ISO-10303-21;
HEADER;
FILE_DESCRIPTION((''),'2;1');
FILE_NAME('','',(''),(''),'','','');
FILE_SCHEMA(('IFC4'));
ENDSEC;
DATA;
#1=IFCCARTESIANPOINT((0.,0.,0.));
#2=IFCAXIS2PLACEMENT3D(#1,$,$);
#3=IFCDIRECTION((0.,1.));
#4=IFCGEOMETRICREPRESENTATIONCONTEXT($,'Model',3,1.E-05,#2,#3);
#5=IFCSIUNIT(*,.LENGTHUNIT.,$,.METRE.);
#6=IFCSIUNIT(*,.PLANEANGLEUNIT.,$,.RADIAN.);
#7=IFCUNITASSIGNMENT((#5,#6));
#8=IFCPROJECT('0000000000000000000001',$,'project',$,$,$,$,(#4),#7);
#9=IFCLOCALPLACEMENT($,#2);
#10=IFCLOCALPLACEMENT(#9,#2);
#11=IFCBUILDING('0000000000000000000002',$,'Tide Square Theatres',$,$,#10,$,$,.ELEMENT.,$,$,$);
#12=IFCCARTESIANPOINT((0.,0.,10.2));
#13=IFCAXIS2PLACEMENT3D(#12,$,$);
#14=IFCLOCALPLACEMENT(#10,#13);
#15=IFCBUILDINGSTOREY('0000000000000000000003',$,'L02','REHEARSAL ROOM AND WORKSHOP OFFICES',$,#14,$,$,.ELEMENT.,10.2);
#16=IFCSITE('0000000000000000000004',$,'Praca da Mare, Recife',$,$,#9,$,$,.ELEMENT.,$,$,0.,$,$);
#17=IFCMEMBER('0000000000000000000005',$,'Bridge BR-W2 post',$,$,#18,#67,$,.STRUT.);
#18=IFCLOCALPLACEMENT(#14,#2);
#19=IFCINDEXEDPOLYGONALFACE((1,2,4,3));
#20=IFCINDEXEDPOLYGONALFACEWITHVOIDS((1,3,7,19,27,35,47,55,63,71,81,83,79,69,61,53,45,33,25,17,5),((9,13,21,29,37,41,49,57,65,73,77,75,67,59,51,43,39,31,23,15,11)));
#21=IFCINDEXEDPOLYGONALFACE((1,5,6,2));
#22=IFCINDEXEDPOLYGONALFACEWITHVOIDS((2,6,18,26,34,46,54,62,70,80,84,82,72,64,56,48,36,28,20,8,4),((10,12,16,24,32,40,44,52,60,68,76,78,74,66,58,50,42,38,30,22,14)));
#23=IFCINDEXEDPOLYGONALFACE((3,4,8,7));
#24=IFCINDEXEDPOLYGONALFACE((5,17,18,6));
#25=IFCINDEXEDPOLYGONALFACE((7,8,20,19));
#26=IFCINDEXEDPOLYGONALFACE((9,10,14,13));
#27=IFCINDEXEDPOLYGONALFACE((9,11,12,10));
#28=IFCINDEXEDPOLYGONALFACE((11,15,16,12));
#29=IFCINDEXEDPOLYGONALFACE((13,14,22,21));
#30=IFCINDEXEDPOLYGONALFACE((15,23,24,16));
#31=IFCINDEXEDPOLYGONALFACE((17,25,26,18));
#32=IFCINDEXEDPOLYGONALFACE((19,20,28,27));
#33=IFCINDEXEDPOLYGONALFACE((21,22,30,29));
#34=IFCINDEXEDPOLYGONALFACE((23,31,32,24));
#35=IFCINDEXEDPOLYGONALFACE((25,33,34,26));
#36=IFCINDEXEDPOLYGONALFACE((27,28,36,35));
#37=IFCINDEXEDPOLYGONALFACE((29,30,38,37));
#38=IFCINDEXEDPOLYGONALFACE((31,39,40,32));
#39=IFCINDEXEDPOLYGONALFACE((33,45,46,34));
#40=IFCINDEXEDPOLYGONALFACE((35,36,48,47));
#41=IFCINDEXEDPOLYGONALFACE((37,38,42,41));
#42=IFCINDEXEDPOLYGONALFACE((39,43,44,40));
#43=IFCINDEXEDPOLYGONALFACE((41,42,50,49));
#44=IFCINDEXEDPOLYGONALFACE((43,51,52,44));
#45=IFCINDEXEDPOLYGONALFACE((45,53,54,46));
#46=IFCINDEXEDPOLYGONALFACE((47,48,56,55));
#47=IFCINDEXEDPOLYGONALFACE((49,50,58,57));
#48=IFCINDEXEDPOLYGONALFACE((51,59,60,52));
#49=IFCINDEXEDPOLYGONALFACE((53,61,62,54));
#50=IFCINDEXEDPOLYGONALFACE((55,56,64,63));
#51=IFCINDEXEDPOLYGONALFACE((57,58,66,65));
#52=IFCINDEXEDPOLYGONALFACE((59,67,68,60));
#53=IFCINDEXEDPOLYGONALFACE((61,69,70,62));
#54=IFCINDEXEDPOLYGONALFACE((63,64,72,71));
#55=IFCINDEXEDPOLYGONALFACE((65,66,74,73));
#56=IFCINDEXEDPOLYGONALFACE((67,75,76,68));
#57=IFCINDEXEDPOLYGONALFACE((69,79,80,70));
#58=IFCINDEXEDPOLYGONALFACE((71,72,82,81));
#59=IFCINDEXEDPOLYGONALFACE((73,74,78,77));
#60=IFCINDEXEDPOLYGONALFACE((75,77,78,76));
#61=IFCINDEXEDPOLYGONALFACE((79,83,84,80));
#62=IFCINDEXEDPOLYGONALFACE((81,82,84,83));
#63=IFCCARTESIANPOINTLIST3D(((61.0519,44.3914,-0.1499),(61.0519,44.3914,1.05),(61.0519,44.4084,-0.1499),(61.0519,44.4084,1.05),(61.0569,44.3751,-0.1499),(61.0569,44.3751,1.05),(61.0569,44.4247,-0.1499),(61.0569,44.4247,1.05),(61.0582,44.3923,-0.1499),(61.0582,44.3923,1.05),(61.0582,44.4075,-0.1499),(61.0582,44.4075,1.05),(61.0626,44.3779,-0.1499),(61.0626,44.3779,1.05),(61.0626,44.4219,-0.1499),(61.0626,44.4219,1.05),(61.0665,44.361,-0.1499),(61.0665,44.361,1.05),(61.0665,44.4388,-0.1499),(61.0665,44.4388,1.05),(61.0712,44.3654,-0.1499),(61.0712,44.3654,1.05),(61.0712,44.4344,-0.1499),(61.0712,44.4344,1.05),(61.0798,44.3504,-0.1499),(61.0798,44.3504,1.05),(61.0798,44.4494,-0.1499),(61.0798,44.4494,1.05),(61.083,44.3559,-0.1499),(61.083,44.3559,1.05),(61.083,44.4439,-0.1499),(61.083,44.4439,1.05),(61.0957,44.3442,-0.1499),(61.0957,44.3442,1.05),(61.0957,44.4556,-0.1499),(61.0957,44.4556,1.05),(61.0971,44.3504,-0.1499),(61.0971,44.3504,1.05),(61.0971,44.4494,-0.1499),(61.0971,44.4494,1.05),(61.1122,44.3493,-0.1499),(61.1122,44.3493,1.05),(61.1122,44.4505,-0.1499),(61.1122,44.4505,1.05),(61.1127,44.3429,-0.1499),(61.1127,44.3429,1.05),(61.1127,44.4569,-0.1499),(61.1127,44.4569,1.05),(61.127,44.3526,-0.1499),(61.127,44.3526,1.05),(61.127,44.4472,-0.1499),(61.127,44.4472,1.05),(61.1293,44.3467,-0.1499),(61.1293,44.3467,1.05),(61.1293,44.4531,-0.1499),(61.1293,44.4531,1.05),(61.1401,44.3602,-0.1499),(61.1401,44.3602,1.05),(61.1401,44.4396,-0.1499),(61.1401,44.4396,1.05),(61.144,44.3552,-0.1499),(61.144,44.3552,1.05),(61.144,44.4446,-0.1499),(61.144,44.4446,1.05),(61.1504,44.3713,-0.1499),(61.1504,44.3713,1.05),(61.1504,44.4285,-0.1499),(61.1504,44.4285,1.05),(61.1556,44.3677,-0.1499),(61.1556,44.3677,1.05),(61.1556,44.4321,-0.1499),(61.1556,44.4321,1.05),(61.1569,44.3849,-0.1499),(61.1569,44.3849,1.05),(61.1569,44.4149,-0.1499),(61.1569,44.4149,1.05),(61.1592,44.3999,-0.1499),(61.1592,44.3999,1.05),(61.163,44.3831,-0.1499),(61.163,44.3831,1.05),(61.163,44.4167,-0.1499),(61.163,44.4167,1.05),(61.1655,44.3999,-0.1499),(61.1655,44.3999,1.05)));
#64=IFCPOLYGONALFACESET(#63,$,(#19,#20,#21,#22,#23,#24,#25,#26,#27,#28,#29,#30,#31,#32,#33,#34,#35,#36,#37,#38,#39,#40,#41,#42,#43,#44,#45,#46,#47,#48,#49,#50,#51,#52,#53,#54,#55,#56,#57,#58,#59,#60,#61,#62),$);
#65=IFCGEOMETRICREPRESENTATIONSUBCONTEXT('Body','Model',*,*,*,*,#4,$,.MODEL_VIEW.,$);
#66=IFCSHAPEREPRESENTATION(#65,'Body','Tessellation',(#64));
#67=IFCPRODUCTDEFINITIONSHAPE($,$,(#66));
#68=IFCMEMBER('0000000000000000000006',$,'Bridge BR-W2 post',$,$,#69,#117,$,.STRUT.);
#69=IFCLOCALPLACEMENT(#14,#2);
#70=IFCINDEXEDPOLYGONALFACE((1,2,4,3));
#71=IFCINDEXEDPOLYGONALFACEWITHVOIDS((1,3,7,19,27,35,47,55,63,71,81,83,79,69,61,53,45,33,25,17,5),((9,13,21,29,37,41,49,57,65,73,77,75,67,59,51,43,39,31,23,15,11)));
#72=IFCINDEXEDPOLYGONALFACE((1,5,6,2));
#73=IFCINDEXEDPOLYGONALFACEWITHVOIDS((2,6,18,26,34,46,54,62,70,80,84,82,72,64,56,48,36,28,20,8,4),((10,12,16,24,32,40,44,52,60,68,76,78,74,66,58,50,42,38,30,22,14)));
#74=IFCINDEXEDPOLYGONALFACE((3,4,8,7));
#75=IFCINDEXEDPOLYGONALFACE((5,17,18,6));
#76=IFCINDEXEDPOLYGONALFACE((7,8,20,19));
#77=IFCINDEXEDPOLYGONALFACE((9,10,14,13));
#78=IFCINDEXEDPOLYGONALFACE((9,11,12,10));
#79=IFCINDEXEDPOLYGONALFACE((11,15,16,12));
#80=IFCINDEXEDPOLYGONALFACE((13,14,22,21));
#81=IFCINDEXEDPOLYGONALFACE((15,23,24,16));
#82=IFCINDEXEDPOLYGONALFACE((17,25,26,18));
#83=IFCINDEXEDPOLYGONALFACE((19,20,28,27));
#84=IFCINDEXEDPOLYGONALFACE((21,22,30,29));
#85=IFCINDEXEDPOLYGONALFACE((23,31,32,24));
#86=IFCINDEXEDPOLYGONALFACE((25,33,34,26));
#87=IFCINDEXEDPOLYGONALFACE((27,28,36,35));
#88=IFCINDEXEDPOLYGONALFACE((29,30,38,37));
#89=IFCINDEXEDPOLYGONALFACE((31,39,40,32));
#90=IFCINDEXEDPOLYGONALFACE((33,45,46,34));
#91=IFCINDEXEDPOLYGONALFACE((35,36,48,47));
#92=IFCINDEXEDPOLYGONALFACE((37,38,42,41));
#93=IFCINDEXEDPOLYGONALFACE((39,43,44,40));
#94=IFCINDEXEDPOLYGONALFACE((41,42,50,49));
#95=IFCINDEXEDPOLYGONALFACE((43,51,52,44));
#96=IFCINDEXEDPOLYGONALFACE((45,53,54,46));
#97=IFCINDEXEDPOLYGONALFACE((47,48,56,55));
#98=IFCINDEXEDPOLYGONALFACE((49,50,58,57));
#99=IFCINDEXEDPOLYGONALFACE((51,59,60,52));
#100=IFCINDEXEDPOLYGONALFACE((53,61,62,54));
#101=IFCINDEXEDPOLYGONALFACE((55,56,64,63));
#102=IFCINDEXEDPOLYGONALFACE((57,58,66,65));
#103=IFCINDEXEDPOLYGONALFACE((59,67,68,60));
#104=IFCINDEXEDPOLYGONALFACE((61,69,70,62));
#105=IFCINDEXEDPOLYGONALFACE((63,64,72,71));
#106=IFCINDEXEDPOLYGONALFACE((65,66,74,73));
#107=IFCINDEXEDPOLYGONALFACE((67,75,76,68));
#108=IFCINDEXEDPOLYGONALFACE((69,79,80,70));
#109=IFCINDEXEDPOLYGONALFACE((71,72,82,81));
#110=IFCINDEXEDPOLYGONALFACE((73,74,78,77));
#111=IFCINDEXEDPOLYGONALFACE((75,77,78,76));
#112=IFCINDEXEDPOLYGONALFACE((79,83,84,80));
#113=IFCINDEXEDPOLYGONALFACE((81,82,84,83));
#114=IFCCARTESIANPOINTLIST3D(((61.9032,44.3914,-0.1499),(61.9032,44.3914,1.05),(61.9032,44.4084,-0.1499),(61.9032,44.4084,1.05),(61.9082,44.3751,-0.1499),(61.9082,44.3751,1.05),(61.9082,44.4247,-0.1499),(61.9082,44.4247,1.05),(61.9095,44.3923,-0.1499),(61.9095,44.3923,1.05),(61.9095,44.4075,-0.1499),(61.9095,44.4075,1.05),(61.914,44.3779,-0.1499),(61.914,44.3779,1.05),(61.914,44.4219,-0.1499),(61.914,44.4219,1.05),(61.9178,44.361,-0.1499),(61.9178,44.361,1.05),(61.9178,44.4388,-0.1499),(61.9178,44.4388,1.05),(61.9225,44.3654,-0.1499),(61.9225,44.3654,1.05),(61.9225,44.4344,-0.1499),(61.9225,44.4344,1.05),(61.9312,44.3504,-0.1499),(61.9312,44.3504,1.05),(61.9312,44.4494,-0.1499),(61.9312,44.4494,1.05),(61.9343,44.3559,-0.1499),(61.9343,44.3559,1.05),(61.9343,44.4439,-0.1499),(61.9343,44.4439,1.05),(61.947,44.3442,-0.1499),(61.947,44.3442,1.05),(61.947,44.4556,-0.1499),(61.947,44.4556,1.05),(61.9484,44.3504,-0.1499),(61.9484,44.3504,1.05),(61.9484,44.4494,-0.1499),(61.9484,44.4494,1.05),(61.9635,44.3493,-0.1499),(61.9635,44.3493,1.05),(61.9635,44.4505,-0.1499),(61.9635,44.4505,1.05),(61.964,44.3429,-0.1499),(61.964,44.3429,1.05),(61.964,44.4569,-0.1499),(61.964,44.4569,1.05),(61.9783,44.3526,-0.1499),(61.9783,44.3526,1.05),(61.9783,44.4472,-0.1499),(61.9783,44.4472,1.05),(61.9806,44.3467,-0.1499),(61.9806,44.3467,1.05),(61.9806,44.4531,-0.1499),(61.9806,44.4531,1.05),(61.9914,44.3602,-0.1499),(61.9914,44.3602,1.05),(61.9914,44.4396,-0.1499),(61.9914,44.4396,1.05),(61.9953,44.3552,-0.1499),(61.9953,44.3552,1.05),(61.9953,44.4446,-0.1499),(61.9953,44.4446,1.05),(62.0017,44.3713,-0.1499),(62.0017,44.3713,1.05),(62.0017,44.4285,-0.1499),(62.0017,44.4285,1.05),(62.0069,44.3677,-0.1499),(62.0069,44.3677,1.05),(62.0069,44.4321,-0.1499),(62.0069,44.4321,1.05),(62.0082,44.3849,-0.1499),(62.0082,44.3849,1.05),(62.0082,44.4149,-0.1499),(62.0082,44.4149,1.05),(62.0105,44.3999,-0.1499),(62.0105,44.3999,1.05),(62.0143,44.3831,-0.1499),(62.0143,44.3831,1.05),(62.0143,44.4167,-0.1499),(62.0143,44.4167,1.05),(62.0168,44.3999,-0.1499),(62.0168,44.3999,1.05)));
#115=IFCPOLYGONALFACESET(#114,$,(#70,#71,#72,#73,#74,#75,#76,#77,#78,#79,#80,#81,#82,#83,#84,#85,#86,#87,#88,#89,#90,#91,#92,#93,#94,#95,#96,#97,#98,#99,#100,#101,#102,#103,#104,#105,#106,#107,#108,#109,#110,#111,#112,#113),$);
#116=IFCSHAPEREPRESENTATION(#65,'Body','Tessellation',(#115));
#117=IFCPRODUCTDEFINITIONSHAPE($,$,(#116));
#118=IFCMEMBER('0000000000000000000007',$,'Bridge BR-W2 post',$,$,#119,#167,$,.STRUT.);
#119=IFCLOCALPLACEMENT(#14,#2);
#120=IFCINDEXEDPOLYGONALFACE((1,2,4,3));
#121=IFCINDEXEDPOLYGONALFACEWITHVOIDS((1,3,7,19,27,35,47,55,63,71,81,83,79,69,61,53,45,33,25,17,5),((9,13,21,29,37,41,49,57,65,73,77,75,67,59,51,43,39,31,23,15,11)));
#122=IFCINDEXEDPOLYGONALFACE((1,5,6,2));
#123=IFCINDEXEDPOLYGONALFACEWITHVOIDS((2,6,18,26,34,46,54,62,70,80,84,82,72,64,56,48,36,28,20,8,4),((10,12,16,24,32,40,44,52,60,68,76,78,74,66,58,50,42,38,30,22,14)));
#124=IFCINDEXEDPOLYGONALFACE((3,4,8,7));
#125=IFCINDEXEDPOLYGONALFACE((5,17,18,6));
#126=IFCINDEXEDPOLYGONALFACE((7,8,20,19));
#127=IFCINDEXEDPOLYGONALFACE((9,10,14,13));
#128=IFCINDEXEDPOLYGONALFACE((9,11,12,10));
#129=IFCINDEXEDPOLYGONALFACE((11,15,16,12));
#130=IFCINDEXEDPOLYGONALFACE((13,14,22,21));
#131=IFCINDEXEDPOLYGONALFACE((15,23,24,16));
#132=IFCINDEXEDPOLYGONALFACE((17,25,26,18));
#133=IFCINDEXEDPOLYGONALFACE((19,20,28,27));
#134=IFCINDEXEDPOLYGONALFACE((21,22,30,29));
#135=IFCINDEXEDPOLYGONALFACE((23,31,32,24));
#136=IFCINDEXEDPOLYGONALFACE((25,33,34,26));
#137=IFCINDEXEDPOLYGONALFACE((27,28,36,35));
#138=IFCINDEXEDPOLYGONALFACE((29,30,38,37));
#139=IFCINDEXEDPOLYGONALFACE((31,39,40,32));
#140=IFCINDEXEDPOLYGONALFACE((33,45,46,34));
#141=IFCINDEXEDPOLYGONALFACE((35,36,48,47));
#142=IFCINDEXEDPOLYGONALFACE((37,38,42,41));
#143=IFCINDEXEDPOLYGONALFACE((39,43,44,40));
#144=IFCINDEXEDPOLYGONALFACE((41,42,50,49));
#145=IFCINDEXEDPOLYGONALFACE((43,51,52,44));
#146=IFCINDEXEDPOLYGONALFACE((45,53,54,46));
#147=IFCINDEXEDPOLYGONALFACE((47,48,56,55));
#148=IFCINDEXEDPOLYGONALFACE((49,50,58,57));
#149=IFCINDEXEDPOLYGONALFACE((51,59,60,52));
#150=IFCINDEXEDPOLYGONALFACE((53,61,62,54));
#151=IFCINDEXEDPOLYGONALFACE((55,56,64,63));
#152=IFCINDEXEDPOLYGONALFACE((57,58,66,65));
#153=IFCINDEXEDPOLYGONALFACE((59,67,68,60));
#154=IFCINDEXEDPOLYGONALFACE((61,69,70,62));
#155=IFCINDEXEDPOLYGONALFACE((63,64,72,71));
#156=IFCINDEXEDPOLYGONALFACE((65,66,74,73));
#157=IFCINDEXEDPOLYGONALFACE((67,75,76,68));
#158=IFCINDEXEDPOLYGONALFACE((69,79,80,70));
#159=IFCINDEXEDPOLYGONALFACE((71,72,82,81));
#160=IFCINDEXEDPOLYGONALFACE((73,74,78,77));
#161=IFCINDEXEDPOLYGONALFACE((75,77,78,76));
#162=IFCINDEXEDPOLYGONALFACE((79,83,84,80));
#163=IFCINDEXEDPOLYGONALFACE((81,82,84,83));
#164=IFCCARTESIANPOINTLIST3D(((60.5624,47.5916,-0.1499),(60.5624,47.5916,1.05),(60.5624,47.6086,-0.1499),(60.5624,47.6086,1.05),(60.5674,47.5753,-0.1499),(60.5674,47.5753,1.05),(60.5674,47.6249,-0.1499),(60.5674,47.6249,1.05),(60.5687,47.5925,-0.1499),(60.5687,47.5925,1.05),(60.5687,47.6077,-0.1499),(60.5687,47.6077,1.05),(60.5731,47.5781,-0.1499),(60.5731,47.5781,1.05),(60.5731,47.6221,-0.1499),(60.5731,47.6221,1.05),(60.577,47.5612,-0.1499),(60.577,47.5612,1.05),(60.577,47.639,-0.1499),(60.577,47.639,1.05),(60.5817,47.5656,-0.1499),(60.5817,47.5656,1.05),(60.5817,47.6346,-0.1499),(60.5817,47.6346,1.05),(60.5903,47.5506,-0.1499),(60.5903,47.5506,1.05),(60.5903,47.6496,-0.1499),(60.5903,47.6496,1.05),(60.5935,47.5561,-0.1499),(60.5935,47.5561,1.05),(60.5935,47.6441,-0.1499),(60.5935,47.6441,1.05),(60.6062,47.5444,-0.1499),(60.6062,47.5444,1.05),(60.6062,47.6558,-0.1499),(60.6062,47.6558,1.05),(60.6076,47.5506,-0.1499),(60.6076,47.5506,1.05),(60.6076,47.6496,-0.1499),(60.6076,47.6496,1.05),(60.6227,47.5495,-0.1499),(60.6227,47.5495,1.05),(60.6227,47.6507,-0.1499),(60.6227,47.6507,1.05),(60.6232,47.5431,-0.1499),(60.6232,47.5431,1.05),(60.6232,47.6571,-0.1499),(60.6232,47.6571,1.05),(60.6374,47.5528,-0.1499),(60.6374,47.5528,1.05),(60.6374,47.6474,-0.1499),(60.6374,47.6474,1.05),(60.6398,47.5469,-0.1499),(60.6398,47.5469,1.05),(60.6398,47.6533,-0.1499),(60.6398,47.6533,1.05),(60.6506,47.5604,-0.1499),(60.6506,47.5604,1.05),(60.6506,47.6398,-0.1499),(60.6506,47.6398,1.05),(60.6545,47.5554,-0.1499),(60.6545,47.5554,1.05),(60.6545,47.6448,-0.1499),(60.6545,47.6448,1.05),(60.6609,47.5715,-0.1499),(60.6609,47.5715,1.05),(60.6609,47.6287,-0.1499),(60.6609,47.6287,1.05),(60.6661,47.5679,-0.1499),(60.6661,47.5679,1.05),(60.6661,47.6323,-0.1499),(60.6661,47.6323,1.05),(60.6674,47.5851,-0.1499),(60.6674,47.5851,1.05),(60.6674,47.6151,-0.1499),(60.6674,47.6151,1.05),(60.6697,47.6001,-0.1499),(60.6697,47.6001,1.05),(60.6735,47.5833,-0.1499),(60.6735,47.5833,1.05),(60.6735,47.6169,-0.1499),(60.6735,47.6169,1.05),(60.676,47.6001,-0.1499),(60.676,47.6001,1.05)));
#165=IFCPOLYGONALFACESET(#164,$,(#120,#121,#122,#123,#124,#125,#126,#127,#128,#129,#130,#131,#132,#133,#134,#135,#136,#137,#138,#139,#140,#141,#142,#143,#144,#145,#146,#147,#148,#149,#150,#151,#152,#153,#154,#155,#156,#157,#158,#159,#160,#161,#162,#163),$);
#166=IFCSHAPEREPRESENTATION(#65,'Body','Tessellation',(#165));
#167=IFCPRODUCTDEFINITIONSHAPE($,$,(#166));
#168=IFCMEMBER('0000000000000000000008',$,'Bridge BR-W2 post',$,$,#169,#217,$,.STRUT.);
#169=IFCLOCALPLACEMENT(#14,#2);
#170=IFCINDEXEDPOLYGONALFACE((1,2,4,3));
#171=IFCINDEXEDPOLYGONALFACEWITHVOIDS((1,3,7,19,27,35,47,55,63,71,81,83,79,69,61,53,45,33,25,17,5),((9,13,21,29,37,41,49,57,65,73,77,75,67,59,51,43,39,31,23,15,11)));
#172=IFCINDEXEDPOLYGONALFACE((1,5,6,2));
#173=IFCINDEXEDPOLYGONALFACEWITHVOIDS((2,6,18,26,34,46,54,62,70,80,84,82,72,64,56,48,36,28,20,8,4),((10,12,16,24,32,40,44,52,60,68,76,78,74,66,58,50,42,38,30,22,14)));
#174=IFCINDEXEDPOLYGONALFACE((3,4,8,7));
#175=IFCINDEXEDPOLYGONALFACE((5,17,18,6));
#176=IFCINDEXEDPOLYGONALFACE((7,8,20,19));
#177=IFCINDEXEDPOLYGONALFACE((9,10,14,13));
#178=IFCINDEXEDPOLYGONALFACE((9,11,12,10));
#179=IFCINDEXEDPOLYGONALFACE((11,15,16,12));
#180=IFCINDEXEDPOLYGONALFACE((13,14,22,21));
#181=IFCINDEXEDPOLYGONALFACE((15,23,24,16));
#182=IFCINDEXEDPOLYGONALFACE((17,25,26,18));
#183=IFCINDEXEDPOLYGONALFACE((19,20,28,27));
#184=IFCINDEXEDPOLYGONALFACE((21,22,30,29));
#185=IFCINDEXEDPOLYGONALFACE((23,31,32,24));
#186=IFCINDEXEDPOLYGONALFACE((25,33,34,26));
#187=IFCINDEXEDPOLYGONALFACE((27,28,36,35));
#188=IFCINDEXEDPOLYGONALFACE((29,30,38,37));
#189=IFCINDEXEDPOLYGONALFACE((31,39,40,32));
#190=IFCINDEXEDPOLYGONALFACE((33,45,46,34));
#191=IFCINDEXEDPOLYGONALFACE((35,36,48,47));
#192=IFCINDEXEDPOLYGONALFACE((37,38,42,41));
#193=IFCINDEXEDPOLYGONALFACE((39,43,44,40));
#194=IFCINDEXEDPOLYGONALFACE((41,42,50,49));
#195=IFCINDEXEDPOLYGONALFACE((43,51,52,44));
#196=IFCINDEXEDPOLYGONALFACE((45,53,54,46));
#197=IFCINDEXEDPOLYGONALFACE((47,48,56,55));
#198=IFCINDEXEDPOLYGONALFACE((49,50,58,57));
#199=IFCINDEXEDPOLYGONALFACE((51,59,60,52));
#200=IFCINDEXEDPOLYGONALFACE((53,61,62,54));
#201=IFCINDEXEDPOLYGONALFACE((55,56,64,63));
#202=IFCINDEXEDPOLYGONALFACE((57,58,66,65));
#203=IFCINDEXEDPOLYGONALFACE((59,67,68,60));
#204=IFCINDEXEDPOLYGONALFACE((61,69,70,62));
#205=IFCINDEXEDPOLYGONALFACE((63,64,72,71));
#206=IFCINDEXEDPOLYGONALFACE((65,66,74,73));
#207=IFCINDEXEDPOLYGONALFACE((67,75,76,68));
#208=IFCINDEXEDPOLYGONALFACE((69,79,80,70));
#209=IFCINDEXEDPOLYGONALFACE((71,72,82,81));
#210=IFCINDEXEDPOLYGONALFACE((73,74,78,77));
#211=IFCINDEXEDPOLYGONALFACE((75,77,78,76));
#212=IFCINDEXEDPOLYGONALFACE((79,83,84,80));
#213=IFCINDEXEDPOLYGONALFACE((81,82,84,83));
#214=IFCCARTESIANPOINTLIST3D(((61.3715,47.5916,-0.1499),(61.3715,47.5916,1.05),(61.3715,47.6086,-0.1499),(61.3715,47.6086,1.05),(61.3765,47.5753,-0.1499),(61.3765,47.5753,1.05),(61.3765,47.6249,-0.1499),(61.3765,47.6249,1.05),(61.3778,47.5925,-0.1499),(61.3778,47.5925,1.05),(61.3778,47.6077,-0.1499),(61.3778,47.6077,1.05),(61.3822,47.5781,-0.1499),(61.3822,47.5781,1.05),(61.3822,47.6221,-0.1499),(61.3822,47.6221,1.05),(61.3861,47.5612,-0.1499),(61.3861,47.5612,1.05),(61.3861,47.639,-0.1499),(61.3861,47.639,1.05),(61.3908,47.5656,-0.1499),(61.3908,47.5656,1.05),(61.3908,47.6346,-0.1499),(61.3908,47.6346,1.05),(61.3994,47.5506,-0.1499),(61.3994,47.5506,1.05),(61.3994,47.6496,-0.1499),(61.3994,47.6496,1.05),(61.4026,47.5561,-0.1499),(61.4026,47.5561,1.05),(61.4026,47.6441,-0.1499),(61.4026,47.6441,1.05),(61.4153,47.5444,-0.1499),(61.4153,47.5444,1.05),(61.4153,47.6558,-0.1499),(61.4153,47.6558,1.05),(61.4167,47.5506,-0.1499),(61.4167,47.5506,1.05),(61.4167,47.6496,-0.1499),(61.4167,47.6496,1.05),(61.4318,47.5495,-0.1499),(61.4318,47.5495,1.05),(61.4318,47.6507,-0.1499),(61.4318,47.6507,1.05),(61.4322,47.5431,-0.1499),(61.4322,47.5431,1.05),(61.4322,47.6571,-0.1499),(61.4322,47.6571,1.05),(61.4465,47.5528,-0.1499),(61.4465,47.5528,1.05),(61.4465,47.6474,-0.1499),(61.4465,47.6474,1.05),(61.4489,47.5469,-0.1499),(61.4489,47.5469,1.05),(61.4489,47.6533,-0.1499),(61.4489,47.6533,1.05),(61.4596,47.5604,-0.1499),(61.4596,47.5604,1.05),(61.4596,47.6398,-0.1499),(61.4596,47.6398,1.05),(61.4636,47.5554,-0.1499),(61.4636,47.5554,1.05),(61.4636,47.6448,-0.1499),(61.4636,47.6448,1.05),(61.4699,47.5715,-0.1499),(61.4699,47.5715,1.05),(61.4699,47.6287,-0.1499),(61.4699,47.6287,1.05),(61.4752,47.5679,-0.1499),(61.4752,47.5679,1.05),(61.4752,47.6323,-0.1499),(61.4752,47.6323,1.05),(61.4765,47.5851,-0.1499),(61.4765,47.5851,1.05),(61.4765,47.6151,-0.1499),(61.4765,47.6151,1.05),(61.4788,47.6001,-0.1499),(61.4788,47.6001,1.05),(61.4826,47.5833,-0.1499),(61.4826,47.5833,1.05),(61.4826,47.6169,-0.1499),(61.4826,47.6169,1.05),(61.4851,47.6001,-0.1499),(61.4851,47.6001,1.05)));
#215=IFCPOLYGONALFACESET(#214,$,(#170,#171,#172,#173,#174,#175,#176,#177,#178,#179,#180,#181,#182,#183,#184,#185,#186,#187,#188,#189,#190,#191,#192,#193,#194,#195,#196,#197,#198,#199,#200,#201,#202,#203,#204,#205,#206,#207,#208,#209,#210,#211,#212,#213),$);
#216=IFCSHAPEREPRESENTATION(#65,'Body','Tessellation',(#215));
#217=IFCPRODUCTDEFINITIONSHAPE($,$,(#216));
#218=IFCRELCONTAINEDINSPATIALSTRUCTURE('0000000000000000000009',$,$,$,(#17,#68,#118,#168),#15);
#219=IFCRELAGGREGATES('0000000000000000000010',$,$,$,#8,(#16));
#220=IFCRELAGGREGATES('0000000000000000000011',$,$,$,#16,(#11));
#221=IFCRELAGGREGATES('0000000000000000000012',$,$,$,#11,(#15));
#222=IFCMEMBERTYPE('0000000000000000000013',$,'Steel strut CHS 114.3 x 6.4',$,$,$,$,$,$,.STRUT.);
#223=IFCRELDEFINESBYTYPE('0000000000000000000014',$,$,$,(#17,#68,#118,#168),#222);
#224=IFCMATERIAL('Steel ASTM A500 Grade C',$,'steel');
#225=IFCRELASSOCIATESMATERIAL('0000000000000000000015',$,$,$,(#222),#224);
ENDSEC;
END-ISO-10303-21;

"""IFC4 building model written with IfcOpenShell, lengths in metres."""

from ifc_helpers import new_model, si_unit, direction, frame, origin, origin_2d, place, context, subcontext, project, spatial, hollow_circle, extrude, material, material_profile, profile_set, type_object, element, save


model = new_model("IFC4")

# Units and contexts
model_context = context("Model", 3, precision=1e-05, world=origin(), true_north=direction((0.0, 1.0)))
body_context = subcontext(model_context, "Body", "Model", "MODEL_VIEW")
ifc_project = project(units=[si_unit("LENGTHUNIT", "METRE"), si_unit("PLANEANGLEUNIT", "RADIAN")], contexts=[model_context])

# Site, building, storey
site_placement = place(None, origin())
site = spatial("IfcSite", under=ifc_project, at=site_placement, Name="Praca da Mare, Recife", CompositionType="ELEMENT", RefElevation=0.0)
building_placement = place(site_placement, origin())
building = spatial("IfcBuilding", under=site, at=building_placement, Name="Tide Square Theatres", CompositionType="ELEMENT")
storey_placement = place(building_placement, frame((0.0, 0.0, 10.2)))
storey = spatial("IfcBuildingStorey", under=building, at=storey_placement, Name="L02", Description="REHEARSAL ROOM AND WORKSHOP OFFICES", CompositionType="ELEMENT", Elevation=10.2)

# Members
ifc_material_1 = material(Name="Steel ASTM A500 Grade C", Category="steel")
ifc_material_profile_1 = material_profile(ifc_material_1, hollow_circle(Radius=0.0571, WallThickness=0.0063, at=origin_2d()))
ifc_profile_set_1 = profile_set([ifc_material_profile_1], Name="Steel ASTM A500 Grade C")
member_type_1 = type_object("IfcMemberType", Name="Steel strut CHS 114.3 x 6.4", PredefinedType="STRUT", material=ifc_profile_set_1)
for number, where, z_axis, x_axis, name in (
    (1, (61.1084, 44.3999, -0.1499), (0.0, 0.0, 1.0), (1.0, 0.0, 0.0), "Bridge BR-W2 post"),
    (2, (61.9597, 44.3999, -0.1499), (0.0, 0.0, 1.0), (1.0, 0.0, 0.0), "Bridge BR-W2 post"),
    (3, (60.6189, 47.6001, -0.1499), (0.0, 0.0, 1.0), (1.0, 0.0, 0.0), "Bridge BR-W2 post"),
    (4, (61.428, 47.6001, -0.1499), (0.0, 0.0, 1.0), (1.0, 0.0, 0.0), "Bridge BR-W2 post"),
):
    element("IfcMember", number, at=place(storey_placement, frame(where, z_axis=z_axis, x_axis=x_axis)), inside=storey, type_object=member_type_1, Name=name, PredefinedType="STRUT", context=body_context, shape_type="SweptSolid", body=[
        extrude(hollow_circle(Radius=0.0571, WallThickness=0.0063, at=origin_2d()), origin(), (0.0, 0.0, 1.0), 1.2),
    ])

save(model, "model.ifc")
